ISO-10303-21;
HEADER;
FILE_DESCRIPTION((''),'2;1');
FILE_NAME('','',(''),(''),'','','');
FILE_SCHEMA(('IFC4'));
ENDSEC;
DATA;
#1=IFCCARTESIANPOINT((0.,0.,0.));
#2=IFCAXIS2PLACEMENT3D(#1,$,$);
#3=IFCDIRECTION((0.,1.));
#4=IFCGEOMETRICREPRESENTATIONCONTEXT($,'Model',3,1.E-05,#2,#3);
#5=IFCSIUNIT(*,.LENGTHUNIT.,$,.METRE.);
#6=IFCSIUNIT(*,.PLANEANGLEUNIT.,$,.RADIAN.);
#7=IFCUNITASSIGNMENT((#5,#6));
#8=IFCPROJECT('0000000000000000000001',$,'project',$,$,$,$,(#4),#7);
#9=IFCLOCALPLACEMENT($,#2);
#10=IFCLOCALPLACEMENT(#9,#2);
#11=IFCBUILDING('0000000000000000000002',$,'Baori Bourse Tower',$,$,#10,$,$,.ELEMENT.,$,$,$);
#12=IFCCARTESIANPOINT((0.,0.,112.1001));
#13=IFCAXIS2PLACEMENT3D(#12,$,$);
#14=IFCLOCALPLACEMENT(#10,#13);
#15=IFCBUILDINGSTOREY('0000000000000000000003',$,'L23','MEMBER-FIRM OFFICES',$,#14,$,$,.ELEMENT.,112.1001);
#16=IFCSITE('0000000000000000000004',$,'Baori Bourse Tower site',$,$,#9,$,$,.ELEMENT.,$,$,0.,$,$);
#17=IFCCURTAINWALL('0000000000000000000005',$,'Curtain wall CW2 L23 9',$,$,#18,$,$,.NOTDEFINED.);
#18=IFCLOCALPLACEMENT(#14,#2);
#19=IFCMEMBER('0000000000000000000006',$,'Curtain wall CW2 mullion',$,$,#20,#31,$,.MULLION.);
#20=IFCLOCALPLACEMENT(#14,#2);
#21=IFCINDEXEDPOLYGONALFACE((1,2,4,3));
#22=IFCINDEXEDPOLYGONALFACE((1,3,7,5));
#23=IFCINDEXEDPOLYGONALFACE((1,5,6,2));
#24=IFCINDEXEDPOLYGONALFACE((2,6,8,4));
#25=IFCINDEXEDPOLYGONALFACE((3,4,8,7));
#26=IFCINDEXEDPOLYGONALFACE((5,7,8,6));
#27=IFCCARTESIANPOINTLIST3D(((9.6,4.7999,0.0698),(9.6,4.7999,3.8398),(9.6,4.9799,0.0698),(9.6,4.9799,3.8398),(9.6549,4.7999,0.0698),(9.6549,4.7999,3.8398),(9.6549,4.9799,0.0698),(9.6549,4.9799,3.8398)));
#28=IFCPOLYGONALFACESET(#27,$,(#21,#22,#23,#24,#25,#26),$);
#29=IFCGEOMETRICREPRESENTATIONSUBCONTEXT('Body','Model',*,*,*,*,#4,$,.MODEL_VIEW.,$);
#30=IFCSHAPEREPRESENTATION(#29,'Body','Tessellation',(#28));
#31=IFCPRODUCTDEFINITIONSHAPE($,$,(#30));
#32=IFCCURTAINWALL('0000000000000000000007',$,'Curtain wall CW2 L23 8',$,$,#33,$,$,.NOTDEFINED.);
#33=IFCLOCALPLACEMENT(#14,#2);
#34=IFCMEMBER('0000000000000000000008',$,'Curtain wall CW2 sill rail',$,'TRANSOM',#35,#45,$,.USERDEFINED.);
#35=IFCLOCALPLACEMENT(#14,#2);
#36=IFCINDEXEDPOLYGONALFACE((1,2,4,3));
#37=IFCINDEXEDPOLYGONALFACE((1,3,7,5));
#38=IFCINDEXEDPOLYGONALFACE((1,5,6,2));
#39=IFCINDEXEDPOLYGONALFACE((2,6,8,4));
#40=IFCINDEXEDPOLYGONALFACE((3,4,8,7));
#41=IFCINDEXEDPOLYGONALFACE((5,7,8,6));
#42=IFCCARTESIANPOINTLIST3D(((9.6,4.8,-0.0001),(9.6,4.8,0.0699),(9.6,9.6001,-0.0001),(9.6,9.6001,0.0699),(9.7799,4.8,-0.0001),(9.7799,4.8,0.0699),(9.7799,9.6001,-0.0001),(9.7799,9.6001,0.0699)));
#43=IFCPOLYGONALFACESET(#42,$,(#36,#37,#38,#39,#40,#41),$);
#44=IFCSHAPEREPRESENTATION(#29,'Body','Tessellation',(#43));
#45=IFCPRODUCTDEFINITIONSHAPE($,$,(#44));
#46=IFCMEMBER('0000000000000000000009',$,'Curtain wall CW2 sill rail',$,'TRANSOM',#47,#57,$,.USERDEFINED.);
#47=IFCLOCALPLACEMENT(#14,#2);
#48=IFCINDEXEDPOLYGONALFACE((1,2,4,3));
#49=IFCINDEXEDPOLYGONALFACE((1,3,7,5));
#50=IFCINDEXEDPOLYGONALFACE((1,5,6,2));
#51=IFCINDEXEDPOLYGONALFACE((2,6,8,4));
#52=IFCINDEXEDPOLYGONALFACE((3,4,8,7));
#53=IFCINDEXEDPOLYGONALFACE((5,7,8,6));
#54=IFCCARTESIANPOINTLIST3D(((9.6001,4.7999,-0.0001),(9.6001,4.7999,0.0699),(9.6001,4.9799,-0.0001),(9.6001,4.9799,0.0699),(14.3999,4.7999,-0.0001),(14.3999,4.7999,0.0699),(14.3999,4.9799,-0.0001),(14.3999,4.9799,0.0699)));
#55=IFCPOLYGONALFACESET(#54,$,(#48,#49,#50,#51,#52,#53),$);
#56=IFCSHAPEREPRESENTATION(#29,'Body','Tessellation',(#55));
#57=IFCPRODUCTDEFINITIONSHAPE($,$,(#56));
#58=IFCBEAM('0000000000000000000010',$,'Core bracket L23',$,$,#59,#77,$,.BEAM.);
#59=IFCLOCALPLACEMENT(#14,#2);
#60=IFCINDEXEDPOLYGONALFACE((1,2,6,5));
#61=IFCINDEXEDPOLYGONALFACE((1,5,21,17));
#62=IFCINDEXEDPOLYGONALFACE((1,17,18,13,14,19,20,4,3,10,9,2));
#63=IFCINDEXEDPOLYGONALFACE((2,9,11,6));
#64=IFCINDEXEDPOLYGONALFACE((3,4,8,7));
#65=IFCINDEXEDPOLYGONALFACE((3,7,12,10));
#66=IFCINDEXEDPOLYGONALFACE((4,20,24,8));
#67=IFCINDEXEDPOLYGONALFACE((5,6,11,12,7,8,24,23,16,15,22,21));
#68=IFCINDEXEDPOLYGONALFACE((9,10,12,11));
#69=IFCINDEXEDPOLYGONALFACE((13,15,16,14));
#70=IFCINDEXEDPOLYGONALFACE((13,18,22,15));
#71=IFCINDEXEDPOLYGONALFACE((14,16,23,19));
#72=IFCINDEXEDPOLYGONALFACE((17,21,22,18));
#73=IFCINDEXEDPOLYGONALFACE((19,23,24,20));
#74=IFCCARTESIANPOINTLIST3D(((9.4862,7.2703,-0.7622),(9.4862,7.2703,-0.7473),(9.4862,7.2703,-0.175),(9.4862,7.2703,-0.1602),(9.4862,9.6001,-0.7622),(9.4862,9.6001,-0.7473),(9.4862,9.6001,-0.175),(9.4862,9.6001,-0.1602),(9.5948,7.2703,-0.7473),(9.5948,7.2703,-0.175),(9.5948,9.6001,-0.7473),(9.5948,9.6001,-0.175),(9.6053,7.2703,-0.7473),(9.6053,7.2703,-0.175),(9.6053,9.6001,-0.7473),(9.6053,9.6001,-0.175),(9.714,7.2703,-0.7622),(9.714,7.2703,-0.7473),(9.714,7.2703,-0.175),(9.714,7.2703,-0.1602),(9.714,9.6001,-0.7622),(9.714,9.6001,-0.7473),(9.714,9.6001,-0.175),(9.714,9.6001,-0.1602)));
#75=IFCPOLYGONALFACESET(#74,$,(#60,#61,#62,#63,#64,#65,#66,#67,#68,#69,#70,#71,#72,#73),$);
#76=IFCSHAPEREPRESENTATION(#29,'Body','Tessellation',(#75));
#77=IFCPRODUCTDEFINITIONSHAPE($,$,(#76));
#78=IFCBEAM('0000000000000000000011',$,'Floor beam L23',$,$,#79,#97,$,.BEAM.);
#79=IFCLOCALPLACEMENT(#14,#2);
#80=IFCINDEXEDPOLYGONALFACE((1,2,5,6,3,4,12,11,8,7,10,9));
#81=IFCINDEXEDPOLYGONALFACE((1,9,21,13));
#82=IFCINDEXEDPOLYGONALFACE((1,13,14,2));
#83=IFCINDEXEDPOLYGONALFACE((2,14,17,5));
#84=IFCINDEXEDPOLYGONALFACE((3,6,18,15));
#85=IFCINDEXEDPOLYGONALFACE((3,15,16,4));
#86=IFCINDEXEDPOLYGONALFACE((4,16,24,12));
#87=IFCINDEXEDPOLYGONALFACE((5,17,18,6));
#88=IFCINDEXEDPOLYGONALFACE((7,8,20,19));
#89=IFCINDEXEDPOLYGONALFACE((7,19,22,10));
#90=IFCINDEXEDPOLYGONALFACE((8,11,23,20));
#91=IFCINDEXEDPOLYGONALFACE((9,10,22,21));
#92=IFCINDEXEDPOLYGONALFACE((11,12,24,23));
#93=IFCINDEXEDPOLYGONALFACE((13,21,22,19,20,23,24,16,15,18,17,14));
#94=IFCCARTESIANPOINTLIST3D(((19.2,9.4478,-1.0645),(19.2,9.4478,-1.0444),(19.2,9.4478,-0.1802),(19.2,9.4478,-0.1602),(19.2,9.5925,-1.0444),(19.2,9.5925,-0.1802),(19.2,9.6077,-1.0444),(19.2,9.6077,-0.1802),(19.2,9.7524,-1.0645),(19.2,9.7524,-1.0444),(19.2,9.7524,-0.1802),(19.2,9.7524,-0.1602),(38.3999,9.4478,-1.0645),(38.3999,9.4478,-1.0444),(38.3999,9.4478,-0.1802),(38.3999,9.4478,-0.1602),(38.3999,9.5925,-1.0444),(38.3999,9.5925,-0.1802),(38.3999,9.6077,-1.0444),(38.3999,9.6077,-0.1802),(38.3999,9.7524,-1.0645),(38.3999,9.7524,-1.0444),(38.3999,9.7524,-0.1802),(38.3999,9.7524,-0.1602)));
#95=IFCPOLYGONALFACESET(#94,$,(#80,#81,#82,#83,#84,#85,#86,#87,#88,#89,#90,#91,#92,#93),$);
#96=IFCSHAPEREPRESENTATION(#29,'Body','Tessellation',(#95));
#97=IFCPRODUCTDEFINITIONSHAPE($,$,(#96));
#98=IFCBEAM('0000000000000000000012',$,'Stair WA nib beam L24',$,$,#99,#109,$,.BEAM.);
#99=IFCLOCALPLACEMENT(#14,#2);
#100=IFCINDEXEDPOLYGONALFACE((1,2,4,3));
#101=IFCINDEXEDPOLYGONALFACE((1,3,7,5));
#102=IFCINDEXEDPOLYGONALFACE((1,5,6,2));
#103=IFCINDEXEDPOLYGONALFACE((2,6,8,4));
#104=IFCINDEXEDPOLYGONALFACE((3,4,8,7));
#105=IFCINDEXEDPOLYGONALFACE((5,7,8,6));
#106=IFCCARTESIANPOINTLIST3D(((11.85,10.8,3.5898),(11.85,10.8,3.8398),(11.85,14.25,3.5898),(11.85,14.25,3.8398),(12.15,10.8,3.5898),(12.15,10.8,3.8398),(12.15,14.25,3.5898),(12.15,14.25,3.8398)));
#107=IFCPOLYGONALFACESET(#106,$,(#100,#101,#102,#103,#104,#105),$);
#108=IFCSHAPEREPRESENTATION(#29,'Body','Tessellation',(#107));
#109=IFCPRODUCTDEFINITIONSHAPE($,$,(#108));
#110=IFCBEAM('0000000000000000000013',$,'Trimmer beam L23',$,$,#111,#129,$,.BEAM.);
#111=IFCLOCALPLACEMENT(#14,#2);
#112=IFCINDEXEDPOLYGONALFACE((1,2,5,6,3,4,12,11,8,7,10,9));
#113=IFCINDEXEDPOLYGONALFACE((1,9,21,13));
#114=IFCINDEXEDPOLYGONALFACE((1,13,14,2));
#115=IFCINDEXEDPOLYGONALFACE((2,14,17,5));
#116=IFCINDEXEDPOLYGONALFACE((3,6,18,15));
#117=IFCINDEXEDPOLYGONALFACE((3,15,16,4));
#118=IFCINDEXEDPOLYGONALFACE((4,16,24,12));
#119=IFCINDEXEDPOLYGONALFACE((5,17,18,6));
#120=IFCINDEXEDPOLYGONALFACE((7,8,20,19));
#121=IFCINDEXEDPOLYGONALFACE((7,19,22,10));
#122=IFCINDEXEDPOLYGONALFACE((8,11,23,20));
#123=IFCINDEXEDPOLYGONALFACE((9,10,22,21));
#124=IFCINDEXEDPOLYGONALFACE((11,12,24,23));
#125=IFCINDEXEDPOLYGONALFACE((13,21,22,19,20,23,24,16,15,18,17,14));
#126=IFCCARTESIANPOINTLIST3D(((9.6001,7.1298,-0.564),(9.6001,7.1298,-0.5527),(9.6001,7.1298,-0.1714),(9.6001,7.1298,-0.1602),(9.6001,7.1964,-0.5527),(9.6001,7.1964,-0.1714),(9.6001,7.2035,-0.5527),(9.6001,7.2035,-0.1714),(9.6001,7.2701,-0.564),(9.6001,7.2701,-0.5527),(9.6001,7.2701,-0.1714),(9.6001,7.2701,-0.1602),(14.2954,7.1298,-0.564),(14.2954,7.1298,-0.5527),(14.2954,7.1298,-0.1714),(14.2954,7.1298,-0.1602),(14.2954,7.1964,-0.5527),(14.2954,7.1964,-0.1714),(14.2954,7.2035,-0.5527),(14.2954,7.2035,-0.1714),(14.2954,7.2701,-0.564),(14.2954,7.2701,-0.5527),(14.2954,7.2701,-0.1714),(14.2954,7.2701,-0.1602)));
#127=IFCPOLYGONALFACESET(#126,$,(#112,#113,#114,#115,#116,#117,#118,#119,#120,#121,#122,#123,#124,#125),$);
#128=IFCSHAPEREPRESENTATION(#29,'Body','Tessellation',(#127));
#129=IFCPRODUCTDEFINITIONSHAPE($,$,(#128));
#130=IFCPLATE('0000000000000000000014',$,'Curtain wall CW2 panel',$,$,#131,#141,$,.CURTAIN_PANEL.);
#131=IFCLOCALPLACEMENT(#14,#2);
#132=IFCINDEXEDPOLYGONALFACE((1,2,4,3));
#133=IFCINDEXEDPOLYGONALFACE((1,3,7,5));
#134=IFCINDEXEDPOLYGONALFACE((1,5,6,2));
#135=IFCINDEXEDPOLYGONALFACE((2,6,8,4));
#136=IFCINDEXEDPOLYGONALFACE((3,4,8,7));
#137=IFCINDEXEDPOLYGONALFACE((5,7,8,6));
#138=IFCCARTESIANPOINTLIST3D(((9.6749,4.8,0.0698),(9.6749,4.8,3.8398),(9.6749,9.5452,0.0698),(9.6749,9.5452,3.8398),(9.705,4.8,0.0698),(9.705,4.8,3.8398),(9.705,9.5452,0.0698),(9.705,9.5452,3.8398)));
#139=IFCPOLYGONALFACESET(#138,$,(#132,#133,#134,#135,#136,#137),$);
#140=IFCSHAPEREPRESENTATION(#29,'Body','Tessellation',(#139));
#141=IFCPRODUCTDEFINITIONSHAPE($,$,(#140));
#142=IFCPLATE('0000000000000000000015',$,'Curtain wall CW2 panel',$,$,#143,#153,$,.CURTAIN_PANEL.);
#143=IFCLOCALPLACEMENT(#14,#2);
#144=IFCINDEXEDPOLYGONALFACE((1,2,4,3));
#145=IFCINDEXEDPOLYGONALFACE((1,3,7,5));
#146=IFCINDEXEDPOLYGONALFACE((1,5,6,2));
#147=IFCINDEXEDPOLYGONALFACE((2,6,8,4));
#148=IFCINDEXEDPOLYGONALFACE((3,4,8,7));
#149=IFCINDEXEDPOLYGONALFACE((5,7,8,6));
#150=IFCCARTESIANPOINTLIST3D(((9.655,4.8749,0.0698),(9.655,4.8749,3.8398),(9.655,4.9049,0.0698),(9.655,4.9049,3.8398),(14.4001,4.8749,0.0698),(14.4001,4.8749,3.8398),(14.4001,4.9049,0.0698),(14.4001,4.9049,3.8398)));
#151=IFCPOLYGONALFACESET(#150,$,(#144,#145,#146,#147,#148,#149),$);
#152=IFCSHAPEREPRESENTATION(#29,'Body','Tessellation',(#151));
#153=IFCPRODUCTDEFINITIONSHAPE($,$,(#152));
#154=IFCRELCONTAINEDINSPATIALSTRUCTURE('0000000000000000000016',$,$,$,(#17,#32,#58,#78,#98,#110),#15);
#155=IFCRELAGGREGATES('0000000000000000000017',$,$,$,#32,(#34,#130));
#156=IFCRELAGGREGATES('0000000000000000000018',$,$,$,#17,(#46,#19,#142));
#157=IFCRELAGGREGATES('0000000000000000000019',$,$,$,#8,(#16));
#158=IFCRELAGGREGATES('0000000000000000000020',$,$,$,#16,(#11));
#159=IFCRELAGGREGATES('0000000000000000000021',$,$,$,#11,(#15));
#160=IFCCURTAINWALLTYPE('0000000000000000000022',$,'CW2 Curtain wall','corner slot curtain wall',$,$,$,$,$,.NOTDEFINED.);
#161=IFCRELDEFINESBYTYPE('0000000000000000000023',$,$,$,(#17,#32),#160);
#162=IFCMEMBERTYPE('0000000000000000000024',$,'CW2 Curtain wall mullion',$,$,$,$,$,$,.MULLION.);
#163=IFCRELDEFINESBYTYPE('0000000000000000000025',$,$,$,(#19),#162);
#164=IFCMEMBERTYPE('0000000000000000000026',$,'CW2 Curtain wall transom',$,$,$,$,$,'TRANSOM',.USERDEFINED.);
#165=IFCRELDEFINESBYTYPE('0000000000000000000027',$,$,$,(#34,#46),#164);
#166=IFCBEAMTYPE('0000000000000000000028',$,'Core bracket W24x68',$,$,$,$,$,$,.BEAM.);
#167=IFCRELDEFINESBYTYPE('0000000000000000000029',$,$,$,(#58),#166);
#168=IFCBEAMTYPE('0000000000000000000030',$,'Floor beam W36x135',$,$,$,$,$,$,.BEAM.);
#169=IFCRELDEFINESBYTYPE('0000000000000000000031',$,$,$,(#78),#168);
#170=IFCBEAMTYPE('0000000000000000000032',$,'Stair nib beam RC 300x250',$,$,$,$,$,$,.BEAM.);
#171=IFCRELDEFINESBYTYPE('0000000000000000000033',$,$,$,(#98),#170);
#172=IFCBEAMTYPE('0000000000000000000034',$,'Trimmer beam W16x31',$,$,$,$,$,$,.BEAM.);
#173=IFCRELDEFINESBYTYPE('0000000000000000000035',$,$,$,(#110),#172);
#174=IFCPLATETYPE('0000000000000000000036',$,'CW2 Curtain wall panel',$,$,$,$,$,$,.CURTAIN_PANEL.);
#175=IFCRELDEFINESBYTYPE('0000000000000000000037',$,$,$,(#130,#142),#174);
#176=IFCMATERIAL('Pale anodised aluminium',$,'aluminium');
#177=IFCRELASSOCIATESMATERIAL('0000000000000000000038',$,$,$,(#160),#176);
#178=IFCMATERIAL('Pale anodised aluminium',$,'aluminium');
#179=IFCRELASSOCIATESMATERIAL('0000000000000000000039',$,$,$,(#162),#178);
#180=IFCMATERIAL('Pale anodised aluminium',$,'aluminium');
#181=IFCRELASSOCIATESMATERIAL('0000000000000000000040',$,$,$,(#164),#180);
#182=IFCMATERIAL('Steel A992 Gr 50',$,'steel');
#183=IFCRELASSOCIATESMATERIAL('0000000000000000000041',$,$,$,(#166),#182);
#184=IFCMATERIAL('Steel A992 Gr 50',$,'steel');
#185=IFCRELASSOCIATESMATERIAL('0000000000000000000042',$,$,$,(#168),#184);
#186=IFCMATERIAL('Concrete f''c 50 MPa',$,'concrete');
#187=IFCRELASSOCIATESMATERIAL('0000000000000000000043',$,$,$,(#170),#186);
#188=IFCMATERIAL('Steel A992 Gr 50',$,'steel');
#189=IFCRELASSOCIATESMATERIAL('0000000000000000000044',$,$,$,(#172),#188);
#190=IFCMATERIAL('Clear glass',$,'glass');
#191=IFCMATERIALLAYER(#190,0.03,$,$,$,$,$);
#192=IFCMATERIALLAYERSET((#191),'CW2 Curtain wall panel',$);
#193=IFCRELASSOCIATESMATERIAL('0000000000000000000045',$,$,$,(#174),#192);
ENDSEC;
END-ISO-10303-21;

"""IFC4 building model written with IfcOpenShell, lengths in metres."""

from ifc_helpers import new_model, si_unit, direction, frame, origin, origin_2d, place, context, subcontext, project, spatial, rectangle, i_section, extrude, material, layer, layer_set, material_profile, profile_set, type_object, element, aggregate, save


model = new_model("IFC4")

# Units and contexts
model_context = context("Model", 3, precision=1e-05, world=origin(), true_north=direction((0.0, 1.0)))
body_context = subcontext(model_context, "Body", "Model", "MODEL_VIEW")
ifc_project = project(units=[si_unit("LENGTHUNIT", "METRE"), si_unit("PLANEANGLEUNIT", "RADIAN")], contexts=[model_context])

# Site, building, storey
site_placement = place(None, origin())
site = spatial("IfcSite", under=ifc_project, at=site_placement, Name="Baori Bourse Tower site", CompositionType="ELEMENT", RefElevation=0.0)
building_placement = place(site_placement, origin())
building = spatial("IfcBuilding", under=site, at=building_placement, Name="Baori Bourse Tower", CompositionType="ELEMENT")
storey_placement = place(building_placement, frame((0.0, 0.0, 112.1001)))
storey = spatial("IfcBuildingStorey", under=building, at=storey_placement, Name="L23", Description="MEMBER-FIRM OFFICES", CompositionType="ELEMENT", Elevation=112.1001)

# Curtain walls, members
ifc_material_1 = material(Name="Pale anodised aluminium", Category="aluminium")
curtain_wall_type = type_object("IfcCurtainWallType", Name="CW2 Curtain wall", Description="corner slot curtain wall", PredefinedType="NOTDEFINED", material=ifc_material_1)
curtain_wall_1_placement = place(storey_placement, origin())
curtain_wall_1 = element("IfcCurtainWall", 1, at=curtain_wall_1_placement, inside=storey, type_object=curtain_wall_type, Name="Curtain wall CW2 L23 9", PredefinedType="NOTDEFINED")
ifc_material_2 = material(Name="Pale anodised aluminium", Category="aluminium")
ifc_material_profile_1 = material_profile(ifc_material_2, rectangle(XDim=0.1799, YDim=0.0549, at=origin_2d()), Name="Mullion 55x180")
ifc_profile_set_1 = profile_set([ifc_material_profile_1], Name="Pale anodised aluminium")
member_type_1 = type_object("IfcMemberType", Name="CW2 Curtain wall mullion", PredefinedType="MULLION", material=ifc_profile_set_1)
member_1_placement = place(storey_placement, frame((9.6274, 4.8899, 0.0698), z_axis=(0.0, 0.0, 1.0), x_axis=(0.0, 1.0, 0.0)))
member_1 = element("IfcMember", 2, at=member_1_placement, type_object=member_type_1, Name="Curtain wall CW2 mullion", PredefinedType="MULLION", context=body_context, shape_type="SweptSolid", body=[
    extrude(rectangle(XDim=0.1799, YDim=0.0549, at=origin_2d()), origin(), (0.0, 0.0, 1.0), 3.77),
])
curtain_wall_2_placement = place(storey_placement, origin())
curtain_wall_2 = element("IfcCurtainWall", 3, at=curtain_wall_2_placement, inside=storey, type_object=curtain_wall_type, Name="Curtain wall CW2 L23 8", PredefinedType="NOTDEFINED")
ifc_material_3 = material(Name="Pale anodised aluminium", Category="aluminium")
ifc_material_profile_2 = material_profile(ifc_material_3, rectangle(XDim=0.1799, YDim=0.0701, at=origin_2d()), Name="Transom 70x180")
ifc_profile_set_2 = profile_set([ifc_material_profile_2], Name="Pale anodised aluminium")
member_type_2 = type_object("IfcMemberType", Name="CW2 Curtain wall transom", ElementType="TRANSOM", PredefinedType="USERDEFINED", material=ifc_profile_set_2)
member_2_placement = place(storey_placement, frame((9.6899, 9.6001, 0.0349), z_axis=(0.0, -1.0, 0.0), x_axis=(1.0, 0.0, 0.0)))
member_2 = element("IfcMember", 4, at=member_2_placement, type_object=member_type_2, Name="Curtain wall CW2 sill rail", ObjectType="TRANSOM", PredefinedType="USERDEFINED", context=body_context, shape_type="SweptSolid", body=[
    extrude(rectangle(XDim=0.1799, YDim=0.0701, at=origin_2d()), origin(), (0.0, 0.0, 1.0), 4.8),
])

# Member
member_3_placement = place(storey_placement, frame((9.6001, 4.8899, 0.0349), z_axis=(1.0, 0.0, 0.0), x_axis=(0.0, 1.0, 0.0)))
member_3 = element("IfcMember", 5, at=member_3_placement, type_object=member_type_2, Name="Curtain wall CW2 sill rail", ObjectType="TRANSOM", PredefinedType="USERDEFINED", context=body_context, shape_type="SweptSolid", body=[
    extrude(rectangle(XDim=0.1799, YDim=0.0701, at=origin_2d()), origin(), (0.0, 0.0, 1.0), 4.7998),
])

# Beams
ifc_material_4 = material(Name="Steel A992 Gr 50", Category="steel")
ifc_material_profile_3 = material_profile(ifc_material_4, i_section(OverallWidth=0.2278, OverallDepth=0.6021, WebThickness=0.0105, FlangeThickness=0.0149, at=origin_2d()), Name="W24x68")
ifc_profile_set_3 = profile_set([ifc_material_profile_3], Name="Steel A992 Gr 50")
beam_type_1 = type_object("IfcBeamType", Name="Core bracket W24x68", PredefinedType="BEAM", material=ifc_profile_set_3)
beam_1_placement = place(storey_placement, frame((9.6001, 7.2703, -0.4612), z_axis=(0.0, 1.0, 0.0), x_axis=(-1.0, 0.0, 0.0)))
element("IfcBeam", 6, at=beam_1_placement, inside=storey, type_object=beam_type_1, Name="Core bracket L23", PredefinedType="BEAM", context=body_context, shape_type="SweptSolid", body=[
    extrude(i_section(OverallWidth=0.2278, OverallDepth=0.6021, WebThickness=0.0105, FlangeThickness=0.0149, at=origin_2d()), origin(), (0.0, 0.0, 1.0), 2.3298),
])
ifc_material_5 = material(Name="Steel A992 Gr 50", Category="steel")
ifc_material_profile_4 = material_profile(ifc_material_5, i_section(OverallWidth=0.3047, OverallDepth=0.9043, WebThickness=0.0151, FlangeThickness=0.02, at=origin_2d()), Name="W36x135")
ifc_profile_set_4 = profile_set([ifc_material_profile_4], Name="Steel A992 Gr 50")
beam_type_2 = type_object("IfcBeamType", Name="Floor beam W36x135", PredefinedType="BEAM", material=ifc_profile_set_4)
beam_2_placement = place(storey_placement, frame((19.2, 9.6001, -0.6123), z_axis=(1.0, 0.0, 0.0), x_axis=(0.0, 1.0, 0.0)))
element("IfcBeam", 7, at=beam_2_placement, inside=storey, type_object=beam_type_2, Name="Floor beam L23", PredefinedType="BEAM", context=body_context, shape_type="SweptSolid", body=[
    extrude(i_section(OverallWidth=0.3047, OverallDepth=0.9043, WebThickness=0.0151, FlangeThickness=0.02, at=origin_2d()), origin(), (0.0, 0.0, 1.0), 19.2),
])
ifc_material_6 = material(Name="Concrete f'c 50 MPa", Category="concrete")
ifc_material_profile_5 = material_profile(ifc_material_6, rectangle(XDim=0.3, YDim=0.25, at=origin_2d()), Name="RC 300x250")
ifc_profile_set_5 = profile_set([ifc_material_profile_5], Name="Concrete f'c 50 MPa")
beam_type_3 = type_object("IfcBeamType", Name="Stair nib beam RC 300x250", PredefinedType="BEAM", material=ifc_profile_set_5)
beam_3_placement = place(storey_placement, frame((12.0, 10.8, 3.7148), z_axis=(0.0, 1.0, 0.0), x_axis=(-1.0, 0.0, 0.0)))
element("IfcBeam", 8, at=beam_3_placement, inside=storey, type_object=beam_type_3, Name="Stair WA nib beam L24", PredefinedType="BEAM", context=body_context, shape_type="SweptSolid", body=[
    extrude(rectangle(XDim=0.3, YDim=0.25, at=origin_2d()), origin(), (0.0, 0.0, 1.0), 3.45),
])
ifc_material_7 = material(Name="Steel A992 Gr 50", Category="steel")
ifc_material_profile_6 = material_profile(ifc_material_7, i_section(OverallWidth=0.1404, OverallDepth=0.4038, WebThickness=0.0071, FlangeThickness=0.0112, at=origin_2d()), Name="W16x31")
ifc_profile_set_6 = profile_set([ifc_material_profile_6], Name="Steel A992 Gr 50")
beam_type_4 = type_object("IfcBeamType", Name="Trimmer beam W16x31", PredefinedType="BEAM", material=ifc_profile_set_6)
beam_4_placement = place(storey_placement, frame((9.6001, 7.2, -0.3621), z_axis=(1.0, 0.0, 0.0), x_axis=(0.0, 1.0, 0.0)))
element("IfcBeam", 9, at=beam_4_placement, inside=storey, type_object=beam_type_4, Name="Trimmer beam L23", PredefinedType="BEAM", context=body_context, shape_type="SweptSolid", body=[
    extrude(i_section(OverallWidth=0.1404, OverallDepth=0.4038, WebThickness=0.0071, FlangeThickness=0.0112, at=origin_2d()), origin(), (0.0, 0.0, 1.0), 4.6953),
])

# Plates
ifc_material_8 = material(Name="Clear glass", Category="glass")
ifc_layer_1 = layer(ifc_material_8, 0.03)
ifc_layer_set_1 = layer_set([ifc_layer_1], Name="CW2 Curtain wall panel")
plate_type = type_object("IfcPlateType", Name="CW2 Curtain wall panel", PredefinedType="CURTAIN_PANEL", material=ifc_layer_set_1)
plate_1_placement = place(storey_placement, frame((9.6899, 7.1726, 0.0698), z_axis=(0.0, 0.0, 1.0), x_axis=(0.0, -1.0, 0.0)))
plate_1 = element("IfcPlate", 10, at=plate_1_placement, type_object=plate_type, Name="Curtain wall CW2 panel", PredefinedType="CURTAIN_PANEL", context=body_context, shape_type="SweptSolid", body=[
    extrude(rectangle(XDim=4.7451, YDim=0.03, at=origin_2d()), origin(), (0.0, 0.0, 1.0), 3.77),
])
aggregate(curtain_wall_2, [member_2, plate_1])
plate_2_placement = place(storey_placement, frame((12.0276, 4.8899, 0.0698), z_axis=(0.0, 0.0, 1.0), x_axis=(1.0, 0.0, 0.0)))
plate_2 = element("IfcPlate", 11, at=plate_2_placement, type_object=plate_type, Name="Curtain wall CW2 panel", PredefinedType="CURTAIN_PANEL", context=body_context, shape_type="SweptSolid", body=[
    extrude(rectangle(XDim=4.7451, YDim=0.03, at=origin_2d()), origin(), (0.0, 0.0, 1.0), 3.77),
])
aggregate(curtain_wall_1, [member_3, member_1, plate_2])

save(model, "model.ifc")
